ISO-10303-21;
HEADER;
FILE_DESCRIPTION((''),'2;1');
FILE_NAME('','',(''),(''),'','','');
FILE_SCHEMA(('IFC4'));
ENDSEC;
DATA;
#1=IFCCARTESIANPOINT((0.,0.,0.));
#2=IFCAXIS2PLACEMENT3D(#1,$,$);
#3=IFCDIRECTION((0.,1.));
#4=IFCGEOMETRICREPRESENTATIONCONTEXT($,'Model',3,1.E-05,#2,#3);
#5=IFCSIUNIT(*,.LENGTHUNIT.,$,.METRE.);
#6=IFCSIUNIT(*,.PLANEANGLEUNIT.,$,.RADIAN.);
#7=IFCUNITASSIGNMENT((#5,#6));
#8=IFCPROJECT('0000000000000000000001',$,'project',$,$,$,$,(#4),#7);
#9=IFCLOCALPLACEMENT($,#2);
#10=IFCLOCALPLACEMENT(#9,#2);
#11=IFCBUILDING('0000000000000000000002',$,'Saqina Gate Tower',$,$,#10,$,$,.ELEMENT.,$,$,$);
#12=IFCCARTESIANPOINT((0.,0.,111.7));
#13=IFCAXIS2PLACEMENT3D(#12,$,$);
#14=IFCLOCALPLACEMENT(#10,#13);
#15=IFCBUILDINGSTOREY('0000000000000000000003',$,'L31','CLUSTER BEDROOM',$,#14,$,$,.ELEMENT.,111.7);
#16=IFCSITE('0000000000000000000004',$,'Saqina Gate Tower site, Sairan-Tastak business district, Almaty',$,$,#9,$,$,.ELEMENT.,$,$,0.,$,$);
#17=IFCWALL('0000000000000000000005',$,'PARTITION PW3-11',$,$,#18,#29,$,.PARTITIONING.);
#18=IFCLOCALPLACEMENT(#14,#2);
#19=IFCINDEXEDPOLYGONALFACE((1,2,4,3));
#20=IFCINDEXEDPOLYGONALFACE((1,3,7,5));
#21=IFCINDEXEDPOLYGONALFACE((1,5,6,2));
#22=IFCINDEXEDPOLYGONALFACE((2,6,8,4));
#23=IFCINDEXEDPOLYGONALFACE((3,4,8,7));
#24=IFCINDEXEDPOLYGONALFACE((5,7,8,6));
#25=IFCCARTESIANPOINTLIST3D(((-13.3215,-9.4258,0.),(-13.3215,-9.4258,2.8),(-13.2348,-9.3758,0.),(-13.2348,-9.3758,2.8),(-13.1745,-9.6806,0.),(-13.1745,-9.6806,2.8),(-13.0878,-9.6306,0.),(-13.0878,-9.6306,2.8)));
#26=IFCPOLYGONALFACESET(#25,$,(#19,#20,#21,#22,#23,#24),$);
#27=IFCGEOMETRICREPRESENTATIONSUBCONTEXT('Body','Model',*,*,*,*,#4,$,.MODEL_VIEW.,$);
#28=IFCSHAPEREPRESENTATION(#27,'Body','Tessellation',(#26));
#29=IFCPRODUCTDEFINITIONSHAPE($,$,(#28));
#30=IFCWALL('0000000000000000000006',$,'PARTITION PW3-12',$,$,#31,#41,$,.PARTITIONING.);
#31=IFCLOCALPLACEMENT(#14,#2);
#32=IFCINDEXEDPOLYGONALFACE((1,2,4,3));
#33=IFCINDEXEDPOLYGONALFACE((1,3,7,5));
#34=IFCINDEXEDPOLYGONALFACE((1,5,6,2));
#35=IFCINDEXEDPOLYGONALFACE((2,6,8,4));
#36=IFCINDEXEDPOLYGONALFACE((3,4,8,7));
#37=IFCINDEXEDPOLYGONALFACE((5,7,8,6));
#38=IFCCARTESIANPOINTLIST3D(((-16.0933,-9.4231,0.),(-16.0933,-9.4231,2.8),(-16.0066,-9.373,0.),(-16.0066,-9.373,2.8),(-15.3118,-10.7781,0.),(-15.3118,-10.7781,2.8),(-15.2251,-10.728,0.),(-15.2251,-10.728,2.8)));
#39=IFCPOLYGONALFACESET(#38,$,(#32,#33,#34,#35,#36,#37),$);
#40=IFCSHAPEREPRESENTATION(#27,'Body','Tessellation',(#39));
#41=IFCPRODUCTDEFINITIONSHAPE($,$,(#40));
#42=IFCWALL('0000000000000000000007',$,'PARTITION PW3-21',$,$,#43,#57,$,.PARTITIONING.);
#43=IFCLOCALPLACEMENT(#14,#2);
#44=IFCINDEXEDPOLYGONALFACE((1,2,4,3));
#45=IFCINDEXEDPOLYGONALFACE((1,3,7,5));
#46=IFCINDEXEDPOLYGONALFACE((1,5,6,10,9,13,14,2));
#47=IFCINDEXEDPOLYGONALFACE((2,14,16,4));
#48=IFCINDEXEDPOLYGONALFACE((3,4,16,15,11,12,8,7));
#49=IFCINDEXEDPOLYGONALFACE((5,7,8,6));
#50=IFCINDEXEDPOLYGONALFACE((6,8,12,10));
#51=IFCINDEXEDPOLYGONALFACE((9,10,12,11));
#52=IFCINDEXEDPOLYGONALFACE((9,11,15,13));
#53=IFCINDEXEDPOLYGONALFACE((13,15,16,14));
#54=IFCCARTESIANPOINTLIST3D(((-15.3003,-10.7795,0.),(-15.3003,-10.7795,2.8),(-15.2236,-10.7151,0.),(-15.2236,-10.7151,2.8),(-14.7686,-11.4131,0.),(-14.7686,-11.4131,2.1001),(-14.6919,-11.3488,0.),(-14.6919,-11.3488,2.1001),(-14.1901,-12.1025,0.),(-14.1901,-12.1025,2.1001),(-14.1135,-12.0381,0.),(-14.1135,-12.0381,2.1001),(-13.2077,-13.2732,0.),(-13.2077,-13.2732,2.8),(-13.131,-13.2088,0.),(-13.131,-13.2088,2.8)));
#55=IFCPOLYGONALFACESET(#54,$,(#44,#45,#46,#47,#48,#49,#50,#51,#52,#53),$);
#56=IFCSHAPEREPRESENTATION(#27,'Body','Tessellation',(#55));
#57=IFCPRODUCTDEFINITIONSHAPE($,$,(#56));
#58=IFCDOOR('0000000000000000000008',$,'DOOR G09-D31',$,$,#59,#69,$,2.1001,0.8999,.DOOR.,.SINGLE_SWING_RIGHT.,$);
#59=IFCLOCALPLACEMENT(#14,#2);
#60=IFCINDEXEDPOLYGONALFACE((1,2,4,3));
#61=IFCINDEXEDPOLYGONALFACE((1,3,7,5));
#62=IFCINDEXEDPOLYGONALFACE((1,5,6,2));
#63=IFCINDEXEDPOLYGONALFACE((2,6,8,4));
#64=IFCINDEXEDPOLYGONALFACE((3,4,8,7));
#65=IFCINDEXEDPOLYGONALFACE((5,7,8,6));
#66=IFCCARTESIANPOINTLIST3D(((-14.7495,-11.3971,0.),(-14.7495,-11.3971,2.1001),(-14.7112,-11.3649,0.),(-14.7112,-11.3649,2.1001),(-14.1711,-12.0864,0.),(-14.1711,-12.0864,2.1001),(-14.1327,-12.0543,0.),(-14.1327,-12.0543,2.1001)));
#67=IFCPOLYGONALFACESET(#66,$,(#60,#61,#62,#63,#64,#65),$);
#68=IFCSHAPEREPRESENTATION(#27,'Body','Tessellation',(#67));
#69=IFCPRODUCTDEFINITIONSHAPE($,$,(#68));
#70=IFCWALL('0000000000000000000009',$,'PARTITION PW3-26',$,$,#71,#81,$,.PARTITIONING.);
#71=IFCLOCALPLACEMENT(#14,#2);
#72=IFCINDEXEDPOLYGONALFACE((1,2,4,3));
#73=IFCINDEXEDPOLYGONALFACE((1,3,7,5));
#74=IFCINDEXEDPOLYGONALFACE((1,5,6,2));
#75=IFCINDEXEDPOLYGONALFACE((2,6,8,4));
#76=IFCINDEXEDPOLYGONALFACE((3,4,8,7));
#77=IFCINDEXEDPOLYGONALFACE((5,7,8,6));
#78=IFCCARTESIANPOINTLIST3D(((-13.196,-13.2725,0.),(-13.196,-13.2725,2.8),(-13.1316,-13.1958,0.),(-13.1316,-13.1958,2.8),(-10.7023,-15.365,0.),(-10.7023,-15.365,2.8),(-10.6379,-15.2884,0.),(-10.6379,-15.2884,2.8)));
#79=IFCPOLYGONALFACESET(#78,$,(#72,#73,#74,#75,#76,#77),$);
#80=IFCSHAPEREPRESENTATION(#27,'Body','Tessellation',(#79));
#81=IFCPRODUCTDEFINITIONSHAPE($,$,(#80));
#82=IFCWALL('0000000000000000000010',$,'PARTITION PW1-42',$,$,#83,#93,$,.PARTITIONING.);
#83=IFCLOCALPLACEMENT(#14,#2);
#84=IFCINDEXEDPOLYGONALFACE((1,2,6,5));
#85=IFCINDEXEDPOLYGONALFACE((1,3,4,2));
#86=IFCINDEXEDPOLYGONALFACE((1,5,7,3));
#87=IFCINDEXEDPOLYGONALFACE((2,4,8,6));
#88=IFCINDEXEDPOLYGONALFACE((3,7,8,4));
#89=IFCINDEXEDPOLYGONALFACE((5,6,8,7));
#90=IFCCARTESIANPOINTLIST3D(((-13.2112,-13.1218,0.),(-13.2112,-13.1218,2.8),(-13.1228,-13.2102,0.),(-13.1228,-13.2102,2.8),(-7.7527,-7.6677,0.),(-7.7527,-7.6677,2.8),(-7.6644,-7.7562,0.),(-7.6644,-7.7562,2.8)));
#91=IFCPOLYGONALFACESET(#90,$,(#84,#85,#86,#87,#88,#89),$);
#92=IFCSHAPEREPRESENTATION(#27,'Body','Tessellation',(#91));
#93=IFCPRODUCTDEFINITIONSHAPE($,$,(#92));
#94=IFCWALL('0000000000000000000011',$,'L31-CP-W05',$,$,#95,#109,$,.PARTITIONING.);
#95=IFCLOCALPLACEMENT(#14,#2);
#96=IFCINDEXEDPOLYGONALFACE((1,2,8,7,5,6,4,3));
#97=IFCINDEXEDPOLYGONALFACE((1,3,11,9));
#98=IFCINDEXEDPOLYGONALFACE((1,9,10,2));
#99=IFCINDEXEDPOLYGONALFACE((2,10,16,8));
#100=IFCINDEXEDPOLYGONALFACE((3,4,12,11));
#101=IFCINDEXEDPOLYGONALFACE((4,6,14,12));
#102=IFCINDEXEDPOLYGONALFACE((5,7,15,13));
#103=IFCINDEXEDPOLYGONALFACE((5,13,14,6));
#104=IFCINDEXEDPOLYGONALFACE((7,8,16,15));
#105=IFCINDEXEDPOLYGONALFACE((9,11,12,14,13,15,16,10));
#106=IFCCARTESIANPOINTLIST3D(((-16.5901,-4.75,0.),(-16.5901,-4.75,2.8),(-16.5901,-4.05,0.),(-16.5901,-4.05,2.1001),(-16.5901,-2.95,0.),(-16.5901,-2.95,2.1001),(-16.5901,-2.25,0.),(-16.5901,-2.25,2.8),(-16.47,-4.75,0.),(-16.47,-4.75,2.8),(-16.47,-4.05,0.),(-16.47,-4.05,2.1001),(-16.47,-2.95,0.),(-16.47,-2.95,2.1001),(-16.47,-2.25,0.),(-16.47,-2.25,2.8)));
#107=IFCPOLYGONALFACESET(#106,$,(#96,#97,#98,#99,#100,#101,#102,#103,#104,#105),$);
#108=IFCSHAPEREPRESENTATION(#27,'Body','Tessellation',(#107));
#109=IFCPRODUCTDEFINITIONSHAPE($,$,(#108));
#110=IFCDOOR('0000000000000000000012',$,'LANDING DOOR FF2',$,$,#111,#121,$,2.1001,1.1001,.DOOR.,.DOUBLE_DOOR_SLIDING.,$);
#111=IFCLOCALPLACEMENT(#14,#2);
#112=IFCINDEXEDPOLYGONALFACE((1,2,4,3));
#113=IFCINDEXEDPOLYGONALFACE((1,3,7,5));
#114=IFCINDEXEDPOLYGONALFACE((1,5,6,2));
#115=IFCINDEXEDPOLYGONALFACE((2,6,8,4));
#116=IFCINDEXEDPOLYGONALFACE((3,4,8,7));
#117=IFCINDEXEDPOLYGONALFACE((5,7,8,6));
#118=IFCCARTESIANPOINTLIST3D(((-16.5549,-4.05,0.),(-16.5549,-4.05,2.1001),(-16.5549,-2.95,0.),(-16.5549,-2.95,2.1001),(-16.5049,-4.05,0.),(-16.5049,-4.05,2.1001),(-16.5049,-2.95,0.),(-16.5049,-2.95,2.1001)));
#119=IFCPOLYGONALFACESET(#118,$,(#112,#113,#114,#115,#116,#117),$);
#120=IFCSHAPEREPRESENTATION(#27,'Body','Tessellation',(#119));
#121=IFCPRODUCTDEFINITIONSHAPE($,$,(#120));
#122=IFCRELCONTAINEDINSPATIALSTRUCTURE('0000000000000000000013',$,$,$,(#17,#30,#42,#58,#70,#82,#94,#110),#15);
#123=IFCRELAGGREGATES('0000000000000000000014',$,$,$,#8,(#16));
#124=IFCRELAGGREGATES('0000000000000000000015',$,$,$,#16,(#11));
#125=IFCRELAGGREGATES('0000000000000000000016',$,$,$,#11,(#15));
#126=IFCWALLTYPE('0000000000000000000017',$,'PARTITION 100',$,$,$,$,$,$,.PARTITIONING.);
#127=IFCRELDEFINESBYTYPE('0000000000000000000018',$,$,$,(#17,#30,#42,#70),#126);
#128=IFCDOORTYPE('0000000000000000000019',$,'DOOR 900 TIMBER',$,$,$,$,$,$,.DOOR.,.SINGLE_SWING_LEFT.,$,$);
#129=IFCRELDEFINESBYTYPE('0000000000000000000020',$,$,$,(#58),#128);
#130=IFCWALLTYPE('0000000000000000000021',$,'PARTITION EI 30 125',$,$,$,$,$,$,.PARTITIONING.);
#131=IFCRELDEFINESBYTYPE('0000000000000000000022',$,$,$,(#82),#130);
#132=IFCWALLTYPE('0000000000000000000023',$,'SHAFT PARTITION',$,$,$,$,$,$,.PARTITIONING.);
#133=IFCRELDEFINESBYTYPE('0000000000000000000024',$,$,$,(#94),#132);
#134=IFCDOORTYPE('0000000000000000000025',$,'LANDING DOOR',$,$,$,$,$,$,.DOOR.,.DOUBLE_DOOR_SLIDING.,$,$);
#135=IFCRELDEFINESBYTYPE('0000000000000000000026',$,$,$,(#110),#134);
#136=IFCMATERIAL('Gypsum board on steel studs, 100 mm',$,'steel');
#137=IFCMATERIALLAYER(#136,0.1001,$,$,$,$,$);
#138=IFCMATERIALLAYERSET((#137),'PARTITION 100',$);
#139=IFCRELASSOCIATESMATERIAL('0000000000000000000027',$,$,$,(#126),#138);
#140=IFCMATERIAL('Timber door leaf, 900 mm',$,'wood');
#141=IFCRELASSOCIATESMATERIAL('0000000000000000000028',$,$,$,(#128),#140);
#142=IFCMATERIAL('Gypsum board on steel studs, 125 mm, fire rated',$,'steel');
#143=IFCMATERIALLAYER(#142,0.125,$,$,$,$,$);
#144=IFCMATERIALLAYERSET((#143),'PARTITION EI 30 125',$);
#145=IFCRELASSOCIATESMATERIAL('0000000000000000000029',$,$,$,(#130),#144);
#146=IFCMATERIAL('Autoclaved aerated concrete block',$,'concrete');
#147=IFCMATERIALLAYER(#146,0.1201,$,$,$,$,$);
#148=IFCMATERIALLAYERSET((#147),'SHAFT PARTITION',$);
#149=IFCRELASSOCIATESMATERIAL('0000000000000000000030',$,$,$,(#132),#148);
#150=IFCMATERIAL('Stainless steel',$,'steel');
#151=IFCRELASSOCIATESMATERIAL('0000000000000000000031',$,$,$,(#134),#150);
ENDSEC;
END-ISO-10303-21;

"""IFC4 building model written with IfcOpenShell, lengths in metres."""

from ifc_helpers import new_model, si_unit, direction, frame, frame_2d, origin, place, context, subcontext, project, spatial, rectangle, extrude, material, layer, layer_set, type_object, element, fill, save


model = new_model("IFC4")

# Units and contexts
model_context = context("Model", 3, precision=1e-05, world=origin(), true_north=direction((0.0, 1.0)))
body_context = subcontext(model_context, "Body", "Model", "MODEL_VIEW")
ifc_project = project(units=[si_unit("LENGTHUNIT", "METRE"), si_unit("PLANEANGLEUNIT", "RADIAN")], contexts=[model_context])

# Site, building, storey
site_placement = place(None, origin())
site = spatial("IfcSite", under=ifc_project, at=site_placement, Name="Saqina Gate Tower site, Sairan-Tastak business district, Almaty", CompositionType="ELEMENT", RefElevation=0.0)
building_placement = place(site_placement, origin())
building = spatial("IfcBuilding", under=site, at=building_placement, Name="Saqina Gate Tower", CompositionType="ELEMENT")
storey_placement = place(building_placement, frame((0.0, 0.0, 111.7)))
storey = spatial("IfcBuildingStorey", under=building, at=storey_placement, Name="L31", Description="CLUSTER BEDROOM", CompositionType="ELEMENT", Elevation=111.7)

# Walls
ifc_material_1 = material(Name="Gypsum board on steel studs, 100 mm", Category="steel")
ifc_layer_1 = layer(ifc_material_1, 0.1001)
ifc_layer_set_1 = layer_set([ifc_layer_1], Name="PARTITION 100")
wall_type_1 = type_object("IfcWallType", Name="PARTITION 100", PredefinedType="PARTITIONING", material=ifc_layer_set_1)
wall_1_placement = place(storey_placement, frame((-13.2781, -9.4009, 0.0), z_axis=(0.0, 0.0, 1.0), x_axis=(0.499531, -0.866296, 0.0)))
element("IfcWall", 1, at=wall_1_placement, inside=storey, type_object=wall_type_1, Name="PARTITION PW3-11", PredefinedType="PARTITIONING", context=body_context, shape_type="SweptSolid", body=[
    extrude(rectangle(XDim=0.2942, YDim=0.1001, at=frame_2d((0.147, 0.0))), origin(), (0.0, 0.0, 1.0), 2.8),
])
wall_2_placement = place(storey_placement, frame((-16.05, -9.3979, 0.0), z_axis=(0.0, 0.0, 1.0), x_axis=(0.499614, -0.866248, 0.0)))
element("IfcWall", 2, at=wall_2_placement, inside=storey, type_object=wall_type_1, Name="PARTITION PW3-12", PredefinedType="PARTITIONING", context=body_context, shape_type="SweptSolid", body=[
    extrude(rectangle(XDim=1.5642, YDim=0.1001, at=frame_2d((0.7822, 0.0))), origin(), (0.0, 0.0, 1.0), 2.8),
])

# Wall, opening, door
wall_3_placement = place(storey_placement, frame((-15.262, -10.7473, 0.0), z_axis=(0.0, 0.0, 1.0), x_axis=(0.642807, -0.766028, 0.0)))
wall_3 = element("IfcWall", 3, at=wall_3_placement, inside=storey, type_object=wall_type_1, Name="PARTITION PW3-21", PredefinedType="PARTITIONING", context=body_context, shape_type="SweptSolid", body=[
    extrude(rectangle(XDim=3.2554, YDim=0.1001, at=frame_2d((1.6277, 0.0))), origin(), (0.0, 0.0, 1.0), 2.8),
])
opening_1_placement = place(wall_3_placement, frame((0.8271, 0.0, 0.0)))
opening_1 = element("IfcOpeningElement", 4, at=opening_1_placement, cuts=wall_3, PredefinedType="OPENING", context=body_context, shape_type="SweptSolid", body=[
    extrude(rectangle(XDim=0.8999, YDim=2.1001, at=frame_2d((0.45, 1.05))), frame((0.0, 0.062, 0.0), z_axis=(0.0, -1.0, 0.0), x_axis=(1.0, 0.0, 0.0)), (0.0, 0.0, 1.0), 0.124),
])
ifc_material_2 = material(Name="Timber door leaf, 900 mm", Category="wood")
door_type_1 = type_object("IfcDoorType", Name="DOOR 900 TIMBER", OperationType="SINGLE_SWING_LEFT", PredefinedType="DOOR", material=ifc_material_2)
door_1_placement = place(opening_1_placement, origin())
door_1 = element("IfcDoor", 5, at=door_1_placement, inside=storey, type_object=door_type_1, Name="DOOR G09-D31", OperationType="SINGLE_SWING_RIGHT", OverallHeight=2.1001, OverallWidth=0.8999, PredefinedType="DOOR", context=body_context, shape_type="SweptSolid", body=[
    extrude(rectangle(XDim=0.8999, YDim=2.1001, at=frame_2d((0.45, 1.05))), frame((0.0, 0.0249, 0.0), z_axis=(0.0, -1.0, 0.0), x_axis=(1.0, 0.0, 0.0)), (0.0, 0.0, 1.0), 0.05),
])
fill(opening_1, door_1)

# Walls
wall_4_placement = place(storey_placement, frame((-13.1638, -13.2341, 0.0), z_axis=(0.0, 0.0, 1.0), x_axis=(0.766028, -0.642807, 0.0)))
element("IfcWall", 6, at=wall_4_placement, inside=storey, type_object=wall_type_1, Name="PARTITION PW3-26", PredefinedType="PARTITIONING", context=body_context, shape_type="SweptSolid", body=[
    extrude(rectangle(XDim=3.2554, YDim=0.1001, at=frame_2d((1.6277, 0.0))), origin(), (0.0, 0.0, 1.0), 2.8),
])
ifc_material_3 = material(Name="Gypsum board on steel studs, 125 mm, fire rated", Category="steel")
ifc_layer_2 = layer(ifc_material_3, 0.125)
ifc_layer_set_2 = layer_set([ifc_layer_2], Name="PARTITION EI 30 125")
wall_type_2 = type_object("IfcWallType", Name="PARTITION EI 30 125", PredefinedType="PARTITIONING", material=ifc_layer_set_2)
wall_5_placement = place(storey_placement, frame((-13.167, -13.166, 0.0), z_axis=(0.0, 0.0, 1.0), x_axis=(0.707391, 0.706822, 0.0)))
element("IfcWall", 7, at=wall_5_placement, inside=storey, type_object=wall_type_2, Name="PARTITION PW1-42", PredefinedType="PARTITIONING", context=body_context, shape_type="SweptSolid", body=[
    extrude(rectangle(XDim=7.7163, YDim=0.125, at=frame_2d((3.8582, 0.0))), origin(), (0.0, 0.0, 1.0), 2.8),
])

# Wall, opening, door
ifc_material_4 = material(Name="Autoclaved aerated concrete block", Category="concrete")
ifc_layer_3 = layer(ifc_material_4, 0.1201)
ifc_layer_set_3 = layer_set([ifc_layer_3], Name="SHAFT PARTITION")
wall_type_3 = type_object("IfcWallType", Name="SHAFT PARTITION", PredefinedType="PARTITIONING", material=ifc_layer_set_3)
wall_6_placement = place(storey_placement, frame((-16.53, -4.75, 0.0), z_axis=(0.0, 0.0, 1.0), x_axis=(0.0, 1.0, 0.0)))
wall_6 = element("IfcWall", 8, at=wall_6_placement, inside=storey, type_object=wall_type_3, Name="L31-CP-W05", PredefinedType="PARTITIONING", context=body_context, shape_type="SweptSolid", body=[
    extrude(rectangle(XDim=2.5, YDim=0.1201, at=frame_2d((1.25, 0.0))), origin(), (0.0, 0.0, 1.0), 2.8),
])
opening_2_placement = place(wall_6_placement, frame((0.7, 0.0, 0.0)))
opening_2 = element("IfcOpeningElement", 9, at=opening_2_placement, cuts=wall_6, PredefinedType="OPENING", context=body_context, shape_type="SweptSolid", body=[
    extrude(rectangle(XDim=1.1001, YDim=2.1001, at=frame_2d((0.55, 1.05))), frame((0.0, 0.072, 0.0), z_axis=(0.0, -1.0, 0.0), x_axis=(1.0, 0.0, 0.0)), (0.0, 0.0, 1.0), 0.144),
])
ifc_material_5 = material(Name="Stainless steel", Category="steel")
door_type_2 = type_object("IfcDoorType", Name="LANDING DOOR", OperationType="DOUBLE_DOOR_SLIDING", PredefinedType="DOOR", material=ifc_material_5)
door_2_placement = place(opening_2_placement, origin())
door_2 = element("IfcDoor", 10, at=door_2_placement, inside=storey, type_object=door_type_2, Name="LANDING DOOR FF2", OperationType="DOUBLE_DOOR_SLIDING", OverallHeight=2.1001, OverallWidth=1.1001, PredefinedType="DOOR", context=body_context, shape_type="SweptSolid", body=[
    extrude(rectangle(XDim=1.1001, YDim=2.1001, at=frame_2d((0.55, 1.05))), frame((0.0, 0.0249, 0.0), z_axis=(0.0, -1.0, 0.0), x_axis=(1.0, 0.0, 0.0)), (0.0, 0.0, 1.0), 0.05),
])
fill(opening_2, door_2)

save(model, "model.ifc")
